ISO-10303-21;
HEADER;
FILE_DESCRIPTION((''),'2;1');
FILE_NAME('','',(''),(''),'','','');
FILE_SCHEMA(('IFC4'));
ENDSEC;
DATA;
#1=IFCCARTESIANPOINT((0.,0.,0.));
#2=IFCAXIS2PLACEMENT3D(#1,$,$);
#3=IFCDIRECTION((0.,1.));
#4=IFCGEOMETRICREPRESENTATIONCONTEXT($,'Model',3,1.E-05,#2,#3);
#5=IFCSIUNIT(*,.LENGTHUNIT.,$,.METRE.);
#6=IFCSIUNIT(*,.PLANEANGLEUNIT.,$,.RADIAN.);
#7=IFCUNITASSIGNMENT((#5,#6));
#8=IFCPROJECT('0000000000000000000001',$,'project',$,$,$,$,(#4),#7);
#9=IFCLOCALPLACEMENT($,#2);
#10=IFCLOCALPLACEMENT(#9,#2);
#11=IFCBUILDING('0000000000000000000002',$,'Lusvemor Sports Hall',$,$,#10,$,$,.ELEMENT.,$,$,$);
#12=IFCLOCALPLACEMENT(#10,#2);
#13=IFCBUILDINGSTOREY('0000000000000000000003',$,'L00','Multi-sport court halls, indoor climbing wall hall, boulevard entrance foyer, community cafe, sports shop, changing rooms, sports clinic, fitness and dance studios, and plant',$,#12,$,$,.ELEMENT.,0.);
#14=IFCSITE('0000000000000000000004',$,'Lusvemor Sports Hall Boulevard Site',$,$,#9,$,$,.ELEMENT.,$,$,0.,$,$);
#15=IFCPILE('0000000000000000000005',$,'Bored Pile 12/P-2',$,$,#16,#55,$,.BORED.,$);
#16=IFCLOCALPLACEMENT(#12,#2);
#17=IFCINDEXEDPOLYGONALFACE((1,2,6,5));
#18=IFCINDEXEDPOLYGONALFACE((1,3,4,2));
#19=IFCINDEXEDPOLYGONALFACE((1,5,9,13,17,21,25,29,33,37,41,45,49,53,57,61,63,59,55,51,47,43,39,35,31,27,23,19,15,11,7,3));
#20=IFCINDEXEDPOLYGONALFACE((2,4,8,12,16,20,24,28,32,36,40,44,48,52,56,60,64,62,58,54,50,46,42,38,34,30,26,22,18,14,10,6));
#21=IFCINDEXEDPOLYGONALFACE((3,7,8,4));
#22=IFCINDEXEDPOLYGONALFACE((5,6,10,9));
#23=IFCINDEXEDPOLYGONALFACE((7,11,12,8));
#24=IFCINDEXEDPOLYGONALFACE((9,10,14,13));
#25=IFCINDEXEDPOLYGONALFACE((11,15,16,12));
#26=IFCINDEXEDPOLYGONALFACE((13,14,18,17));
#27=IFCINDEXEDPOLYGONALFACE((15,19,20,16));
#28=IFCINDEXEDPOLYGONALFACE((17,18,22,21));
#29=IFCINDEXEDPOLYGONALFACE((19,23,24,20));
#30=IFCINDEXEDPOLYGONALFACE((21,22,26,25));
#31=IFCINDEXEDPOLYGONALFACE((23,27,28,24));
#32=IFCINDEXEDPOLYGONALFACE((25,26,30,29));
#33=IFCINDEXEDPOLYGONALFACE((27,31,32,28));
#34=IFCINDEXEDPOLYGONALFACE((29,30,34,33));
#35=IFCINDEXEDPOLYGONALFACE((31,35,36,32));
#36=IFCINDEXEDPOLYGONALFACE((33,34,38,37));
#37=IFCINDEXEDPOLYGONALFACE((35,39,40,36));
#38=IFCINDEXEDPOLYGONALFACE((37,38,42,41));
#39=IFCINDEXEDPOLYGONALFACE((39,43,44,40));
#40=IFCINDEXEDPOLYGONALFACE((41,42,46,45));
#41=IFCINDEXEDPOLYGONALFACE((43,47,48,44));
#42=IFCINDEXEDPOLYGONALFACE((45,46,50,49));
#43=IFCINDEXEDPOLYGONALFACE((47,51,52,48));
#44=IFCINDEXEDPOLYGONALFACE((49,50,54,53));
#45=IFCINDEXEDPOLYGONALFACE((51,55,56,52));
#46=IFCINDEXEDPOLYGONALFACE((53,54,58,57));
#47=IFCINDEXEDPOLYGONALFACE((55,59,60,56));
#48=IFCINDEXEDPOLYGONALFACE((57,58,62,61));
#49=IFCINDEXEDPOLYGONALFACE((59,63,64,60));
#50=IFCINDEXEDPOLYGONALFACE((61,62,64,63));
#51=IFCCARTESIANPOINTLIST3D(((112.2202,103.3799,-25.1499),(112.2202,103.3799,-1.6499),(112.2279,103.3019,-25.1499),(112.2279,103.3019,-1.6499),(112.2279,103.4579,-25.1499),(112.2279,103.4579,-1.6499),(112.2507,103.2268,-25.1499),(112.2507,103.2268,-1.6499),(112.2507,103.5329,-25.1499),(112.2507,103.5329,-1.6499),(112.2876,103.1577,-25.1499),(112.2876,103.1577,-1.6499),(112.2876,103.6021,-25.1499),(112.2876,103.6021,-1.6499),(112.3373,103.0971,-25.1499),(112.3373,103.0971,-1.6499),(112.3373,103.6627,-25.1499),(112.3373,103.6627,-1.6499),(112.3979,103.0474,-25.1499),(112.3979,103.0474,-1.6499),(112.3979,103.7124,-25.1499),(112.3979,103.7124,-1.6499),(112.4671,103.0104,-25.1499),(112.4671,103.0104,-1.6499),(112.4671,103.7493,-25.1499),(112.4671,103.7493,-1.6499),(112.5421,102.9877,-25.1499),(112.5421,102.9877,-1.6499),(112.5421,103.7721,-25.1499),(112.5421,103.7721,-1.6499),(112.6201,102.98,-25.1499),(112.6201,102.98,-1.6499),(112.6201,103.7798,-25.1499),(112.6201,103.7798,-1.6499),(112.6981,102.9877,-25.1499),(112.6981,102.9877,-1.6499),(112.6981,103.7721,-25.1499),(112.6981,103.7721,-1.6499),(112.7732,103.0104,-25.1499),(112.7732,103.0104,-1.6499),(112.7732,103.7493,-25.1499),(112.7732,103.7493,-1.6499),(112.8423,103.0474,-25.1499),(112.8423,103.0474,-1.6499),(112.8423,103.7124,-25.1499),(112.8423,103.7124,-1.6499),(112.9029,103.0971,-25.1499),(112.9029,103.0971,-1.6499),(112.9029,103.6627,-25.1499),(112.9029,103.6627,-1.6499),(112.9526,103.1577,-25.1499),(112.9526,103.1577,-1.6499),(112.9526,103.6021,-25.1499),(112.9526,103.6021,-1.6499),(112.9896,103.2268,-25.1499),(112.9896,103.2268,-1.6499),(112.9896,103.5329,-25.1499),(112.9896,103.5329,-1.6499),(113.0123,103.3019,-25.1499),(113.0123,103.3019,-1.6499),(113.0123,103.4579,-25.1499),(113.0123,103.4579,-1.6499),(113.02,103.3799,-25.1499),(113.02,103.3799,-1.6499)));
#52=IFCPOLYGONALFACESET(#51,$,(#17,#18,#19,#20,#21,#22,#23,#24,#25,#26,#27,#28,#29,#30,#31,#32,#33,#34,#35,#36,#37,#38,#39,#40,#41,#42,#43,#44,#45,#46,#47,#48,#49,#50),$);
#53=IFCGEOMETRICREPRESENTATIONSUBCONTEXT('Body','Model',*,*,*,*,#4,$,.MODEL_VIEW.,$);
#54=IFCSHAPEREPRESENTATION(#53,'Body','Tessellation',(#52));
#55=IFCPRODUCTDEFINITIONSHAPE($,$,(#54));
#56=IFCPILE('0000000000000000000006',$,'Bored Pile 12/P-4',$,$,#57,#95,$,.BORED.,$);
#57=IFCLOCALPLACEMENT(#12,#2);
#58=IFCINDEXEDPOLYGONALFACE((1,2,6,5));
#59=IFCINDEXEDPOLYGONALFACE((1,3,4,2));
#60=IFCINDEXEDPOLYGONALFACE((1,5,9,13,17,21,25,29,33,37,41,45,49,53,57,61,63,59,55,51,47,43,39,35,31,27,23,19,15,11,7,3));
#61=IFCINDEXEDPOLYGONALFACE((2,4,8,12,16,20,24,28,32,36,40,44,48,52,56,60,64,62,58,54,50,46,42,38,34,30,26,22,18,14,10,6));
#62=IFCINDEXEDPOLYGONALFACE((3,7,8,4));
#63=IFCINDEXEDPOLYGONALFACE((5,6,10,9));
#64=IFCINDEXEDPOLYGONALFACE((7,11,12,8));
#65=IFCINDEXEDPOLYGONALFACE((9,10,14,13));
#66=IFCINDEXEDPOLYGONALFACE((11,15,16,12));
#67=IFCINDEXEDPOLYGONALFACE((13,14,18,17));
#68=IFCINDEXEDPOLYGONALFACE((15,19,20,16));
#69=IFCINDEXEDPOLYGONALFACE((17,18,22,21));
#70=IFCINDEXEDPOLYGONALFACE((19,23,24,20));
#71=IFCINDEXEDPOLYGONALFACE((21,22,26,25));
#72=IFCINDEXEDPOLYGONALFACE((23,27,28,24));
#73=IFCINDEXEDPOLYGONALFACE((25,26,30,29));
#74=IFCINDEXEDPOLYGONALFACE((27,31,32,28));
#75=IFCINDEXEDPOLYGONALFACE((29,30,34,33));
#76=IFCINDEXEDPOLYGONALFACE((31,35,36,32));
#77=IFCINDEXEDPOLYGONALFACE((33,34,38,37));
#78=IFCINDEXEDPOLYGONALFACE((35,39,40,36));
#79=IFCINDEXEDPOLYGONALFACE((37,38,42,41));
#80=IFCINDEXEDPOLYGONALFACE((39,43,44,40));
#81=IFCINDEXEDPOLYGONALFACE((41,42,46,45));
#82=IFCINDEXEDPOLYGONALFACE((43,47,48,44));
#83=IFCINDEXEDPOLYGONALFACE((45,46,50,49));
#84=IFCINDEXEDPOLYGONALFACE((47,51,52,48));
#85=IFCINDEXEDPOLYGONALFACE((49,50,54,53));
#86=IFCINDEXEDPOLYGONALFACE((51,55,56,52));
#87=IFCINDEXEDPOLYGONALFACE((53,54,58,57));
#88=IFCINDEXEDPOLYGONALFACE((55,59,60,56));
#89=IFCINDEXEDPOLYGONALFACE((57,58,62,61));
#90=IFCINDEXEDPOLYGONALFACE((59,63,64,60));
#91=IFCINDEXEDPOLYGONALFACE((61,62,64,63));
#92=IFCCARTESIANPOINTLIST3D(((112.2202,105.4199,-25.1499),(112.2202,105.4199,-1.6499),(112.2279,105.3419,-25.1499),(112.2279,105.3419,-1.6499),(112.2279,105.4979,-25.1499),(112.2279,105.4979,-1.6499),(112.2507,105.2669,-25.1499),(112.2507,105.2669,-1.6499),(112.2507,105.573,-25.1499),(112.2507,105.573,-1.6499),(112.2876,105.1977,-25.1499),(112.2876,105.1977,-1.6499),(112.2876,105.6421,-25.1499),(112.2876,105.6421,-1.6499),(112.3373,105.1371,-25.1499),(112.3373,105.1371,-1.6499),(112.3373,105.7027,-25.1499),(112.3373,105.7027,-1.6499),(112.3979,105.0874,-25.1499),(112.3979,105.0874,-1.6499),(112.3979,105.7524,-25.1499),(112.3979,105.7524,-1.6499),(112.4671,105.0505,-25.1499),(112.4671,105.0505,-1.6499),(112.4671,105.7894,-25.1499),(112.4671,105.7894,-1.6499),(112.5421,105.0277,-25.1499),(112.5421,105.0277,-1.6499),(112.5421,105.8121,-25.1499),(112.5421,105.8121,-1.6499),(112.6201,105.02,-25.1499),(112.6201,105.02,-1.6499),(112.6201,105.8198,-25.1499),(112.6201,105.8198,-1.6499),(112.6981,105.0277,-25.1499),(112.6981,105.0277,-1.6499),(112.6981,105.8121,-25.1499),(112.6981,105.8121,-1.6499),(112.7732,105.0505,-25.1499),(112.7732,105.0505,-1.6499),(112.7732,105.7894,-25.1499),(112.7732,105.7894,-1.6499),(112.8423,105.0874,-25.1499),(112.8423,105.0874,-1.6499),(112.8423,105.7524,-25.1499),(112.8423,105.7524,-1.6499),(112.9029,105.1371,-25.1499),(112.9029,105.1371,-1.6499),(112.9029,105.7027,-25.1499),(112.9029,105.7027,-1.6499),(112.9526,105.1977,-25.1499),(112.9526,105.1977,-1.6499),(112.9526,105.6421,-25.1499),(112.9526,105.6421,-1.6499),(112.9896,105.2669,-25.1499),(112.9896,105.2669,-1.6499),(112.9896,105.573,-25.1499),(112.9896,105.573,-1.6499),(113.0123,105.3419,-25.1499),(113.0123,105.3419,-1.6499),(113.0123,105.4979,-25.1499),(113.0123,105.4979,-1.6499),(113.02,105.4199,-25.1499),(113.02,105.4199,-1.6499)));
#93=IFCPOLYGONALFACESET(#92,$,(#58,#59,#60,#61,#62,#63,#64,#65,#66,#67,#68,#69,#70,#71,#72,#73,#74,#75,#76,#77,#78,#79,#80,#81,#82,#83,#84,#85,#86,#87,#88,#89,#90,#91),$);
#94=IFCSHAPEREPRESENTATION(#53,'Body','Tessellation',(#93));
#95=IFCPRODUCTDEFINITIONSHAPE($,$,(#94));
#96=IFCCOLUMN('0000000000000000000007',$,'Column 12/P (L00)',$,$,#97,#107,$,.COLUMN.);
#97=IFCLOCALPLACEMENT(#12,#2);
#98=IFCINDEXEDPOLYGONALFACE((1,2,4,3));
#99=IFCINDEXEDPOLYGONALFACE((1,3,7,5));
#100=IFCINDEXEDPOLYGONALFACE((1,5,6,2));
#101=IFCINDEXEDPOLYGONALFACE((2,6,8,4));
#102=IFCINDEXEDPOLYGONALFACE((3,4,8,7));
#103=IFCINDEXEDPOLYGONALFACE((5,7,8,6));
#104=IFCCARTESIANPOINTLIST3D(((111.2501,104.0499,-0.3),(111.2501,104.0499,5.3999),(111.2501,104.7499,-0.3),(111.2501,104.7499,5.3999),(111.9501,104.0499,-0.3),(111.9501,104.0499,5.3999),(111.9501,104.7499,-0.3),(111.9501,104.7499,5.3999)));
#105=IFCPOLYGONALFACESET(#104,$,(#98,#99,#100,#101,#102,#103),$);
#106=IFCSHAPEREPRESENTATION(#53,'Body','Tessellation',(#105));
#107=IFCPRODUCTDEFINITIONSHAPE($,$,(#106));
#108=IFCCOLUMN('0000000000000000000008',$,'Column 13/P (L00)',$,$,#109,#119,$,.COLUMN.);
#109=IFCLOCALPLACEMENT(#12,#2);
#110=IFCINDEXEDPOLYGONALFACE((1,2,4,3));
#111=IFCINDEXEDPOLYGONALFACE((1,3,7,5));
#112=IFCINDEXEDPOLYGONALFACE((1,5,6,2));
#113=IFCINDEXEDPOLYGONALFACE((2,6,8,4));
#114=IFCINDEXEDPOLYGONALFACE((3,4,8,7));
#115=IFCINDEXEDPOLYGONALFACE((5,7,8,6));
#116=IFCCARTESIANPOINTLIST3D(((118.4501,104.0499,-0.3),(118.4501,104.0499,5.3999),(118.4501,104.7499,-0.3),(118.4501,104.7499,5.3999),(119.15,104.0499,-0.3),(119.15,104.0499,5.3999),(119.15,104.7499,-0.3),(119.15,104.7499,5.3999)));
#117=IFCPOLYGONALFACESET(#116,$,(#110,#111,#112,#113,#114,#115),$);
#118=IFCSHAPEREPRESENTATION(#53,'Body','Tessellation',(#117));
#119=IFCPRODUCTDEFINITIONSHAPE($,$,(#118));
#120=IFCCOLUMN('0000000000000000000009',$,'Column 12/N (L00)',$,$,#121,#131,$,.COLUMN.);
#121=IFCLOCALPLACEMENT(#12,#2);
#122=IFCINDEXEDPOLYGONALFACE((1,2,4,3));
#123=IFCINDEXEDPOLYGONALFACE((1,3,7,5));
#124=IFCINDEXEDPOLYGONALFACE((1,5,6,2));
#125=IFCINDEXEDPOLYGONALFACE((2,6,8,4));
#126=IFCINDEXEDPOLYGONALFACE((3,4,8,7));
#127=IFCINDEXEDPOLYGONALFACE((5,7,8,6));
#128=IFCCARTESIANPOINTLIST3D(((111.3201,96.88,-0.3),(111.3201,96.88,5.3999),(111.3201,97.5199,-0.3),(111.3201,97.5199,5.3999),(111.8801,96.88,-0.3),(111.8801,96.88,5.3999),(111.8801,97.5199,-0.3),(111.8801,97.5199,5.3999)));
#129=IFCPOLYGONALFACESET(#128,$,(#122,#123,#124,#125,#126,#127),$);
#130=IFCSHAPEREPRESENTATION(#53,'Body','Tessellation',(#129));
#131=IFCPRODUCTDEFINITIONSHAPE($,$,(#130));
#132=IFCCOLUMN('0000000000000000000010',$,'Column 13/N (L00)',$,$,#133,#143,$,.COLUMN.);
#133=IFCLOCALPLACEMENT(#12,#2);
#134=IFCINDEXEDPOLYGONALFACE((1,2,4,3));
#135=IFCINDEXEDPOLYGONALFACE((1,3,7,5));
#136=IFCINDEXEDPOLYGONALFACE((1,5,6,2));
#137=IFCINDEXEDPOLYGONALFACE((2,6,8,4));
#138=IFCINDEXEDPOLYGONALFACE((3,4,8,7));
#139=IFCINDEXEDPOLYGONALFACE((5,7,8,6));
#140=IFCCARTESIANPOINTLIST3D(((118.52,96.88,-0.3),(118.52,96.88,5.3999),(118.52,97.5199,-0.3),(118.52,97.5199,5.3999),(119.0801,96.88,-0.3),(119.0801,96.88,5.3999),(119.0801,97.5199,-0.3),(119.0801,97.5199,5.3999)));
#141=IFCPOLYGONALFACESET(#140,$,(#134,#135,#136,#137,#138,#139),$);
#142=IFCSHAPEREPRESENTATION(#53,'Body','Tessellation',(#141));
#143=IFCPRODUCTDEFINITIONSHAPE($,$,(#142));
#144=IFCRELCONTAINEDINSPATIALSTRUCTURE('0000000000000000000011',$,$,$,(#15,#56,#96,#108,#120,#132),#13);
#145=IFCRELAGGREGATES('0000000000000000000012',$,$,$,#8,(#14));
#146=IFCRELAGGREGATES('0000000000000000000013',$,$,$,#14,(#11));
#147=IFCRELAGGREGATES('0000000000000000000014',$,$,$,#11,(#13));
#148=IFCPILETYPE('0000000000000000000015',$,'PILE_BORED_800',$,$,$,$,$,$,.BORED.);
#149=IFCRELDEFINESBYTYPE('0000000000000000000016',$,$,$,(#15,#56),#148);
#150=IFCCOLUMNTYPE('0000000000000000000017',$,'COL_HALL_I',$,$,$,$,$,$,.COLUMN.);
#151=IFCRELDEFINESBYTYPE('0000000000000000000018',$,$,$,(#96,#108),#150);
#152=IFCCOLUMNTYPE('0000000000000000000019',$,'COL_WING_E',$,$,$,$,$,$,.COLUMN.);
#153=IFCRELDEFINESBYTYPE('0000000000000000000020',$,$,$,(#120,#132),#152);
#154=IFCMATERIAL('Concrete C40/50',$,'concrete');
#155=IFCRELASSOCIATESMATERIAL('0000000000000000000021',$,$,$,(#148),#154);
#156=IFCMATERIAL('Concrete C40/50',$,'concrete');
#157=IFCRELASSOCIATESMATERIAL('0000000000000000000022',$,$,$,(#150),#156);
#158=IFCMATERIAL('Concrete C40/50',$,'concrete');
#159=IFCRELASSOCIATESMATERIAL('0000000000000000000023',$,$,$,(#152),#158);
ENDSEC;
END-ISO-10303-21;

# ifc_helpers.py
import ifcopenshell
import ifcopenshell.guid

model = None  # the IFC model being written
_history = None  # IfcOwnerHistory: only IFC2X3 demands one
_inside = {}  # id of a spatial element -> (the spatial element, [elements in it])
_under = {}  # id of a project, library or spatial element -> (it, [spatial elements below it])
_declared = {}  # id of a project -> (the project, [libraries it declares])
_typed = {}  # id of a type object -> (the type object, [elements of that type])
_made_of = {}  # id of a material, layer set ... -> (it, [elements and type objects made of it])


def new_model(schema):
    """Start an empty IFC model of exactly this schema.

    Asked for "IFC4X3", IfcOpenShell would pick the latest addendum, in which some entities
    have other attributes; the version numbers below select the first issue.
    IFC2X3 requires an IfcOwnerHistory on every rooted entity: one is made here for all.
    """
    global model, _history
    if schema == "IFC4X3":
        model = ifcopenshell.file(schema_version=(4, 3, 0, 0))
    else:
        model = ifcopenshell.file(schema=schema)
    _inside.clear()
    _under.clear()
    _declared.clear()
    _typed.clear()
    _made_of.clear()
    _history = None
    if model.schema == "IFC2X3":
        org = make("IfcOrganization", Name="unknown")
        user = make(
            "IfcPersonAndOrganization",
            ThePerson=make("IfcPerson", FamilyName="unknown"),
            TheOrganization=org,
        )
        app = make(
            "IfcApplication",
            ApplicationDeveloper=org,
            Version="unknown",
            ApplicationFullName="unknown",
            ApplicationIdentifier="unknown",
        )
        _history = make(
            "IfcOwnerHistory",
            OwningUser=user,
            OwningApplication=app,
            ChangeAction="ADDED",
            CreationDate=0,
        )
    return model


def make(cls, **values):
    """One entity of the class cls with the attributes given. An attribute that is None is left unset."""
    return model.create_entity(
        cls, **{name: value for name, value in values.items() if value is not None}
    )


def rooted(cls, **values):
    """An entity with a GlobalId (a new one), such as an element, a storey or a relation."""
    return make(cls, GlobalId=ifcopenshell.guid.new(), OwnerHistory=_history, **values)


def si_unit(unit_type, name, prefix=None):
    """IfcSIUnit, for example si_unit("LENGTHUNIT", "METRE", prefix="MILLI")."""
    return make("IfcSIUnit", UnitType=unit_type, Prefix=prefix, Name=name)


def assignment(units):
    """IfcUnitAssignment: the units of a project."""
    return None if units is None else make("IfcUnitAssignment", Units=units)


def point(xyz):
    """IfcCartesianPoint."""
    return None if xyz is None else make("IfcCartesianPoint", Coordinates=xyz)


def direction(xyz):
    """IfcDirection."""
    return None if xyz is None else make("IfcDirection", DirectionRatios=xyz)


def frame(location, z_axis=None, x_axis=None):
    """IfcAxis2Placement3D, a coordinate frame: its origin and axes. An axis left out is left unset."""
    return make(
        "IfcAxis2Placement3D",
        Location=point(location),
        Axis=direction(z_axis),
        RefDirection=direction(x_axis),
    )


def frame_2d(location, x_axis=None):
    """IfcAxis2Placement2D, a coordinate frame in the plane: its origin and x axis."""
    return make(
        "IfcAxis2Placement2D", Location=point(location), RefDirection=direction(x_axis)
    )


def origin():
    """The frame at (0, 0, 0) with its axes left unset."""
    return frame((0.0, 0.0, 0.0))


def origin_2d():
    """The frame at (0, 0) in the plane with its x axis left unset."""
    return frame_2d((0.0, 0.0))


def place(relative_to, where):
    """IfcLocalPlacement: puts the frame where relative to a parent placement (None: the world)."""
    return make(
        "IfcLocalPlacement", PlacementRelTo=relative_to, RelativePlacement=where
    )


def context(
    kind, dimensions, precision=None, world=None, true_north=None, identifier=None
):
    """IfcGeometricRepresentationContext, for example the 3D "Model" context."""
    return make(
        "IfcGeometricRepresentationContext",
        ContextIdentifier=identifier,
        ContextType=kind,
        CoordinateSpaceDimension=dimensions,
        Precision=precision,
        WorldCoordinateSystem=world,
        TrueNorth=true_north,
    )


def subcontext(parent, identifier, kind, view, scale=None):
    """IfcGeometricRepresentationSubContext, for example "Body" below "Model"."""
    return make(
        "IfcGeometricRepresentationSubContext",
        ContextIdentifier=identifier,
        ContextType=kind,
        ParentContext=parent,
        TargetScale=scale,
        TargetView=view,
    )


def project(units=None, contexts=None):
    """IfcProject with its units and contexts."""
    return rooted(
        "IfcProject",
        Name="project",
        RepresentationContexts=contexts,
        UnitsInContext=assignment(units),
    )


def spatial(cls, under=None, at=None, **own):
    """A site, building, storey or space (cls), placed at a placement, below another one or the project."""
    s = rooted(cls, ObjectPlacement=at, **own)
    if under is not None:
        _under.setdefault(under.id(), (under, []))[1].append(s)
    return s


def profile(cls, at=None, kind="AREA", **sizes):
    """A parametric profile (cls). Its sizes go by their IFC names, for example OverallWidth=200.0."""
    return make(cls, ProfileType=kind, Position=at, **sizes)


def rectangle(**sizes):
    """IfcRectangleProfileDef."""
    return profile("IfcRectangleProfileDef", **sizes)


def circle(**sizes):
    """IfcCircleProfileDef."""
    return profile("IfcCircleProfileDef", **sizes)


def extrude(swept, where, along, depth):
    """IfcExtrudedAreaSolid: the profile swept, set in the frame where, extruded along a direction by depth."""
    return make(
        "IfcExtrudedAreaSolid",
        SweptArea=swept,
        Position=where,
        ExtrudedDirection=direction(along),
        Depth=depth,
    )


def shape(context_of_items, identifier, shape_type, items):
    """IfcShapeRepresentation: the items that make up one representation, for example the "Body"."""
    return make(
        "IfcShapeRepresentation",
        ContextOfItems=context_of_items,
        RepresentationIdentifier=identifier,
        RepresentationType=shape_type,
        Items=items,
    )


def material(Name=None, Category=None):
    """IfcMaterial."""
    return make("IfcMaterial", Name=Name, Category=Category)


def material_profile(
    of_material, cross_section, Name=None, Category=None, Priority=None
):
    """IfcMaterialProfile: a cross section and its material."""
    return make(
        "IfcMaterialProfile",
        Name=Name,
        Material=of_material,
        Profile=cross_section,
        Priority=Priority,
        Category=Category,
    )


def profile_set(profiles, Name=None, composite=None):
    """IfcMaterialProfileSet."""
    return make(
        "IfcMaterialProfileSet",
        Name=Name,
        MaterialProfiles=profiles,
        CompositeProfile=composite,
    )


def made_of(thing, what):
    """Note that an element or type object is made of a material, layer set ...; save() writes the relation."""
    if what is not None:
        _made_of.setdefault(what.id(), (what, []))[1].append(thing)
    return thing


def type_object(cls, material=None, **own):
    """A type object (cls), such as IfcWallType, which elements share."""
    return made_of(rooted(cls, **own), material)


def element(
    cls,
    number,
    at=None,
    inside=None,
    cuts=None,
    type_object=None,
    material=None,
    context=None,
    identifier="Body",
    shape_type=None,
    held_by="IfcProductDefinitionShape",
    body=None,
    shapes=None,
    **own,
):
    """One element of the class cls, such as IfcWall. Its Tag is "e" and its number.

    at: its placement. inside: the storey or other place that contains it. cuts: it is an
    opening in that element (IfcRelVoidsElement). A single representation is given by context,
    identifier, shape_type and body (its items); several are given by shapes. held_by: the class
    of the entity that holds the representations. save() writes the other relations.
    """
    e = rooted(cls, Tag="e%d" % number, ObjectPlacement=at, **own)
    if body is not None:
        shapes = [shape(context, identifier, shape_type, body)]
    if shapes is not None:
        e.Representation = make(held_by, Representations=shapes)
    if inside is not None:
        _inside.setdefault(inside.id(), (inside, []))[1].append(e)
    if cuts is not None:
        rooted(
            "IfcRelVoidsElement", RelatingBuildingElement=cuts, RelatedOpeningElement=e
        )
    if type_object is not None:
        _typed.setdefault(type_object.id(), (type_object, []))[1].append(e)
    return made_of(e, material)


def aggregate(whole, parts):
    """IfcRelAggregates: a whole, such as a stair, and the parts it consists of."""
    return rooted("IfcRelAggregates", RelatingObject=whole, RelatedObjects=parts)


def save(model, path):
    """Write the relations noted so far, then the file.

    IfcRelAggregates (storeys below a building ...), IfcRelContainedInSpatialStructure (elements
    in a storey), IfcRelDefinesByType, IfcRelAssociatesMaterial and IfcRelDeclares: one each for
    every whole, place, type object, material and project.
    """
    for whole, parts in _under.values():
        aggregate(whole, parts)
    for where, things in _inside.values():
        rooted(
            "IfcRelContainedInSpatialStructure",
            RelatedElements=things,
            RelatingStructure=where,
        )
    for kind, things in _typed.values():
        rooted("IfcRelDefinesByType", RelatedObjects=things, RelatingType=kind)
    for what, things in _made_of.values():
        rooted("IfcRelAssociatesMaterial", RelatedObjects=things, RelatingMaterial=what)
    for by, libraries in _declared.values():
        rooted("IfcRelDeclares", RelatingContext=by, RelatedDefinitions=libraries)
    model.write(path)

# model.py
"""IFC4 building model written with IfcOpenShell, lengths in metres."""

from ifc_helpers import new_model, si_unit, direction, frame, origin, origin_2d, place, context, subcontext, project, spatial, rectangle, circle, extrude, material, material_profile, profile_set, type_object, element, save


model = new_model("IFC4")

# Units and contexts
model_context = context("Model", 3, precision=1e-05, world=origin(), true_north=direction((0.0, 1.0)))
body_context = subcontext(model_context, "Body", "Model", "MODEL_VIEW")
ifc_project = project(units=[si_unit("LENGTHUNIT", "METRE"), si_unit("PLANEANGLEUNIT", "RADIAN")], contexts=[model_context])

# Site, building, storey
site_placement = place(None, origin())
site = spatial("IfcSite", under=ifc_project, at=site_placement, Name="Lusvemor Sports Hall Boulevard Site", CompositionType="ELEMENT", RefElevation=0.0)
building_placement = place(site_placement, origin())
building = spatial("IfcBuilding", under=site, at=building_placement, Name="Lusvemor Sports Hall", CompositionType="ELEMENT")
storey_placement = place(building_placement, origin())
storey = spatial("IfcBuildingStorey", under=building, at=storey_placement, Name="L00", Description="Multi-sport court halls, indoor climbing wall hall, boulevard entrance foyer, community cafe, sports shop, changing rooms, sports clinic, fitness and dance studios, and plant", CompositionType="ELEMENT", Elevation=0.0)

# Piles
ifc_material_1 = material(Name="Concrete C40/50", Category="concrete")
ifc_material_profile_1 = material_profile(ifc_material_1, circle(Radius=0.3999, at=origin_2d()), Name="PILE800")
ifc_profile_set_1 = profile_set([ifc_material_profile_1], Name="Concrete C40/50")
pile_type_1 = type_object("IfcPileType", Name="PILE_BORED_800", PredefinedType="BORED", material=ifc_profile_set_1)
for number, where, z_axis, x_axis, name in (
    (1, (112.6201, 103.3799, -1.6499), (0.0, 0.0, -1.0), (1.0, 0.0, 0.0), "Bored Pile 12/P-2"),
    (2, (112.6201, 105.4199, -1.6499), (0.0, 0.0, -1.0), (1.0, 0.0, 0.0), "Bored Pile 12/P-4"),
):
    element("IfcPile", number, at=place(storey_placement, frame(where, z_axis=z_axis, x_axis=x_axis)), inside=storey, type_object=pile_type_1, Name=name, PredefinedType="BORED", context=body_context, shape_type="SweptSolid", body=[
        extrude(circle(Radius=0.3999, at=origin_2d()), origin(), (0.0, 0.0, 1.0), 23.5),
    ])

# Columns
ifc_material_2 = material(Name="Concrete C40/50", Category="concrete")
ifc_material_profile_2 = material_profile(ifc_material_2, rectangle(XDim=0.7, YDim=0.7, at=origin_2d()), Name="RC700x700")
ifc_profile_set_2 = profile_set([ifc_material_profile_2], Name="Concrete C40/50")
column_type_1 = type_object("IfcColumnType", Name="COL_HALL_I", PredefinedType="COLUMN", material=ifc_profile_set_2)
for number, where, z_axis, x_axis, name in (
    (3, (111.6001, 104.3999, -0.3), (0.0, 0.0, 1.0), (1.0, 0.0, 0.0), "Column 12/P (L00)"),
    (4, (118.8, 104.3999, -0.3), (0.0, 0.0, 1.0), (1.0, 0.0, 0.0), "Column 13/P (L00)"),
):
    element("IfcColumn", number, at=place(storey_placement, frame(where, z_axis=z_axis, x_axis=x_axis)), inside=storey, type_object=column_type_1, Name=name, PredefinedType="COLUMN", context=body_context, shape_type="SweptSolid", body=[
        extrude(rectangle(XDim=0.7, YDim=0.7, at=origin_2d()), origin(), (0.0, 0.0, 1.0), 5.7),
    ])
ifc_material_3 = material(Name="Concrete C40/50", Category="concrete")
ifc_material_profile_3 = material_profile(ifc_material_3, rectangle(XDim=0.5601, YDim=0.6399, at=origin_2d()), Name="RC560x640")
ifc_profile_set_3 = profile_set([ifc_material_profile_3], Name="Concrete C40/50")
column_type_2 = type_object("IfcColumnType", Name="COL_WING_E", PredefinedType="COLUMN", material=ifc_profile_set_3)
for number, where, z_axis, x_axis, name in (
    (5, (111.6001, 97.2, -0.3), (0.0, 0.0, 1.0), (1.0, 0.0, 0.0), "Column 12/N (L00)"),
    (6, (118.8, 97.2, -0.3), (0.0, 0.0, 1.0), (1.0, 0.0, 0.0), "Column 13/N (L00)"),
):
    element("IfcColumn", number, at=place(storey_placement, frame(where, z_axis=z_axis, x_axis=x_axis)), inside=storey, type_object=column_type_2, Name=name, PredefinedType="COLUMN", context=body_context, shape_type="SweptSolid", body=[
        extrude(rectangle(XDim=0.5601, YDim=0.6399, at=origin_2d()), origin(), (0.0, 0.0, 1.0), 5.7),
    ])

save(model, "model.ifc")
